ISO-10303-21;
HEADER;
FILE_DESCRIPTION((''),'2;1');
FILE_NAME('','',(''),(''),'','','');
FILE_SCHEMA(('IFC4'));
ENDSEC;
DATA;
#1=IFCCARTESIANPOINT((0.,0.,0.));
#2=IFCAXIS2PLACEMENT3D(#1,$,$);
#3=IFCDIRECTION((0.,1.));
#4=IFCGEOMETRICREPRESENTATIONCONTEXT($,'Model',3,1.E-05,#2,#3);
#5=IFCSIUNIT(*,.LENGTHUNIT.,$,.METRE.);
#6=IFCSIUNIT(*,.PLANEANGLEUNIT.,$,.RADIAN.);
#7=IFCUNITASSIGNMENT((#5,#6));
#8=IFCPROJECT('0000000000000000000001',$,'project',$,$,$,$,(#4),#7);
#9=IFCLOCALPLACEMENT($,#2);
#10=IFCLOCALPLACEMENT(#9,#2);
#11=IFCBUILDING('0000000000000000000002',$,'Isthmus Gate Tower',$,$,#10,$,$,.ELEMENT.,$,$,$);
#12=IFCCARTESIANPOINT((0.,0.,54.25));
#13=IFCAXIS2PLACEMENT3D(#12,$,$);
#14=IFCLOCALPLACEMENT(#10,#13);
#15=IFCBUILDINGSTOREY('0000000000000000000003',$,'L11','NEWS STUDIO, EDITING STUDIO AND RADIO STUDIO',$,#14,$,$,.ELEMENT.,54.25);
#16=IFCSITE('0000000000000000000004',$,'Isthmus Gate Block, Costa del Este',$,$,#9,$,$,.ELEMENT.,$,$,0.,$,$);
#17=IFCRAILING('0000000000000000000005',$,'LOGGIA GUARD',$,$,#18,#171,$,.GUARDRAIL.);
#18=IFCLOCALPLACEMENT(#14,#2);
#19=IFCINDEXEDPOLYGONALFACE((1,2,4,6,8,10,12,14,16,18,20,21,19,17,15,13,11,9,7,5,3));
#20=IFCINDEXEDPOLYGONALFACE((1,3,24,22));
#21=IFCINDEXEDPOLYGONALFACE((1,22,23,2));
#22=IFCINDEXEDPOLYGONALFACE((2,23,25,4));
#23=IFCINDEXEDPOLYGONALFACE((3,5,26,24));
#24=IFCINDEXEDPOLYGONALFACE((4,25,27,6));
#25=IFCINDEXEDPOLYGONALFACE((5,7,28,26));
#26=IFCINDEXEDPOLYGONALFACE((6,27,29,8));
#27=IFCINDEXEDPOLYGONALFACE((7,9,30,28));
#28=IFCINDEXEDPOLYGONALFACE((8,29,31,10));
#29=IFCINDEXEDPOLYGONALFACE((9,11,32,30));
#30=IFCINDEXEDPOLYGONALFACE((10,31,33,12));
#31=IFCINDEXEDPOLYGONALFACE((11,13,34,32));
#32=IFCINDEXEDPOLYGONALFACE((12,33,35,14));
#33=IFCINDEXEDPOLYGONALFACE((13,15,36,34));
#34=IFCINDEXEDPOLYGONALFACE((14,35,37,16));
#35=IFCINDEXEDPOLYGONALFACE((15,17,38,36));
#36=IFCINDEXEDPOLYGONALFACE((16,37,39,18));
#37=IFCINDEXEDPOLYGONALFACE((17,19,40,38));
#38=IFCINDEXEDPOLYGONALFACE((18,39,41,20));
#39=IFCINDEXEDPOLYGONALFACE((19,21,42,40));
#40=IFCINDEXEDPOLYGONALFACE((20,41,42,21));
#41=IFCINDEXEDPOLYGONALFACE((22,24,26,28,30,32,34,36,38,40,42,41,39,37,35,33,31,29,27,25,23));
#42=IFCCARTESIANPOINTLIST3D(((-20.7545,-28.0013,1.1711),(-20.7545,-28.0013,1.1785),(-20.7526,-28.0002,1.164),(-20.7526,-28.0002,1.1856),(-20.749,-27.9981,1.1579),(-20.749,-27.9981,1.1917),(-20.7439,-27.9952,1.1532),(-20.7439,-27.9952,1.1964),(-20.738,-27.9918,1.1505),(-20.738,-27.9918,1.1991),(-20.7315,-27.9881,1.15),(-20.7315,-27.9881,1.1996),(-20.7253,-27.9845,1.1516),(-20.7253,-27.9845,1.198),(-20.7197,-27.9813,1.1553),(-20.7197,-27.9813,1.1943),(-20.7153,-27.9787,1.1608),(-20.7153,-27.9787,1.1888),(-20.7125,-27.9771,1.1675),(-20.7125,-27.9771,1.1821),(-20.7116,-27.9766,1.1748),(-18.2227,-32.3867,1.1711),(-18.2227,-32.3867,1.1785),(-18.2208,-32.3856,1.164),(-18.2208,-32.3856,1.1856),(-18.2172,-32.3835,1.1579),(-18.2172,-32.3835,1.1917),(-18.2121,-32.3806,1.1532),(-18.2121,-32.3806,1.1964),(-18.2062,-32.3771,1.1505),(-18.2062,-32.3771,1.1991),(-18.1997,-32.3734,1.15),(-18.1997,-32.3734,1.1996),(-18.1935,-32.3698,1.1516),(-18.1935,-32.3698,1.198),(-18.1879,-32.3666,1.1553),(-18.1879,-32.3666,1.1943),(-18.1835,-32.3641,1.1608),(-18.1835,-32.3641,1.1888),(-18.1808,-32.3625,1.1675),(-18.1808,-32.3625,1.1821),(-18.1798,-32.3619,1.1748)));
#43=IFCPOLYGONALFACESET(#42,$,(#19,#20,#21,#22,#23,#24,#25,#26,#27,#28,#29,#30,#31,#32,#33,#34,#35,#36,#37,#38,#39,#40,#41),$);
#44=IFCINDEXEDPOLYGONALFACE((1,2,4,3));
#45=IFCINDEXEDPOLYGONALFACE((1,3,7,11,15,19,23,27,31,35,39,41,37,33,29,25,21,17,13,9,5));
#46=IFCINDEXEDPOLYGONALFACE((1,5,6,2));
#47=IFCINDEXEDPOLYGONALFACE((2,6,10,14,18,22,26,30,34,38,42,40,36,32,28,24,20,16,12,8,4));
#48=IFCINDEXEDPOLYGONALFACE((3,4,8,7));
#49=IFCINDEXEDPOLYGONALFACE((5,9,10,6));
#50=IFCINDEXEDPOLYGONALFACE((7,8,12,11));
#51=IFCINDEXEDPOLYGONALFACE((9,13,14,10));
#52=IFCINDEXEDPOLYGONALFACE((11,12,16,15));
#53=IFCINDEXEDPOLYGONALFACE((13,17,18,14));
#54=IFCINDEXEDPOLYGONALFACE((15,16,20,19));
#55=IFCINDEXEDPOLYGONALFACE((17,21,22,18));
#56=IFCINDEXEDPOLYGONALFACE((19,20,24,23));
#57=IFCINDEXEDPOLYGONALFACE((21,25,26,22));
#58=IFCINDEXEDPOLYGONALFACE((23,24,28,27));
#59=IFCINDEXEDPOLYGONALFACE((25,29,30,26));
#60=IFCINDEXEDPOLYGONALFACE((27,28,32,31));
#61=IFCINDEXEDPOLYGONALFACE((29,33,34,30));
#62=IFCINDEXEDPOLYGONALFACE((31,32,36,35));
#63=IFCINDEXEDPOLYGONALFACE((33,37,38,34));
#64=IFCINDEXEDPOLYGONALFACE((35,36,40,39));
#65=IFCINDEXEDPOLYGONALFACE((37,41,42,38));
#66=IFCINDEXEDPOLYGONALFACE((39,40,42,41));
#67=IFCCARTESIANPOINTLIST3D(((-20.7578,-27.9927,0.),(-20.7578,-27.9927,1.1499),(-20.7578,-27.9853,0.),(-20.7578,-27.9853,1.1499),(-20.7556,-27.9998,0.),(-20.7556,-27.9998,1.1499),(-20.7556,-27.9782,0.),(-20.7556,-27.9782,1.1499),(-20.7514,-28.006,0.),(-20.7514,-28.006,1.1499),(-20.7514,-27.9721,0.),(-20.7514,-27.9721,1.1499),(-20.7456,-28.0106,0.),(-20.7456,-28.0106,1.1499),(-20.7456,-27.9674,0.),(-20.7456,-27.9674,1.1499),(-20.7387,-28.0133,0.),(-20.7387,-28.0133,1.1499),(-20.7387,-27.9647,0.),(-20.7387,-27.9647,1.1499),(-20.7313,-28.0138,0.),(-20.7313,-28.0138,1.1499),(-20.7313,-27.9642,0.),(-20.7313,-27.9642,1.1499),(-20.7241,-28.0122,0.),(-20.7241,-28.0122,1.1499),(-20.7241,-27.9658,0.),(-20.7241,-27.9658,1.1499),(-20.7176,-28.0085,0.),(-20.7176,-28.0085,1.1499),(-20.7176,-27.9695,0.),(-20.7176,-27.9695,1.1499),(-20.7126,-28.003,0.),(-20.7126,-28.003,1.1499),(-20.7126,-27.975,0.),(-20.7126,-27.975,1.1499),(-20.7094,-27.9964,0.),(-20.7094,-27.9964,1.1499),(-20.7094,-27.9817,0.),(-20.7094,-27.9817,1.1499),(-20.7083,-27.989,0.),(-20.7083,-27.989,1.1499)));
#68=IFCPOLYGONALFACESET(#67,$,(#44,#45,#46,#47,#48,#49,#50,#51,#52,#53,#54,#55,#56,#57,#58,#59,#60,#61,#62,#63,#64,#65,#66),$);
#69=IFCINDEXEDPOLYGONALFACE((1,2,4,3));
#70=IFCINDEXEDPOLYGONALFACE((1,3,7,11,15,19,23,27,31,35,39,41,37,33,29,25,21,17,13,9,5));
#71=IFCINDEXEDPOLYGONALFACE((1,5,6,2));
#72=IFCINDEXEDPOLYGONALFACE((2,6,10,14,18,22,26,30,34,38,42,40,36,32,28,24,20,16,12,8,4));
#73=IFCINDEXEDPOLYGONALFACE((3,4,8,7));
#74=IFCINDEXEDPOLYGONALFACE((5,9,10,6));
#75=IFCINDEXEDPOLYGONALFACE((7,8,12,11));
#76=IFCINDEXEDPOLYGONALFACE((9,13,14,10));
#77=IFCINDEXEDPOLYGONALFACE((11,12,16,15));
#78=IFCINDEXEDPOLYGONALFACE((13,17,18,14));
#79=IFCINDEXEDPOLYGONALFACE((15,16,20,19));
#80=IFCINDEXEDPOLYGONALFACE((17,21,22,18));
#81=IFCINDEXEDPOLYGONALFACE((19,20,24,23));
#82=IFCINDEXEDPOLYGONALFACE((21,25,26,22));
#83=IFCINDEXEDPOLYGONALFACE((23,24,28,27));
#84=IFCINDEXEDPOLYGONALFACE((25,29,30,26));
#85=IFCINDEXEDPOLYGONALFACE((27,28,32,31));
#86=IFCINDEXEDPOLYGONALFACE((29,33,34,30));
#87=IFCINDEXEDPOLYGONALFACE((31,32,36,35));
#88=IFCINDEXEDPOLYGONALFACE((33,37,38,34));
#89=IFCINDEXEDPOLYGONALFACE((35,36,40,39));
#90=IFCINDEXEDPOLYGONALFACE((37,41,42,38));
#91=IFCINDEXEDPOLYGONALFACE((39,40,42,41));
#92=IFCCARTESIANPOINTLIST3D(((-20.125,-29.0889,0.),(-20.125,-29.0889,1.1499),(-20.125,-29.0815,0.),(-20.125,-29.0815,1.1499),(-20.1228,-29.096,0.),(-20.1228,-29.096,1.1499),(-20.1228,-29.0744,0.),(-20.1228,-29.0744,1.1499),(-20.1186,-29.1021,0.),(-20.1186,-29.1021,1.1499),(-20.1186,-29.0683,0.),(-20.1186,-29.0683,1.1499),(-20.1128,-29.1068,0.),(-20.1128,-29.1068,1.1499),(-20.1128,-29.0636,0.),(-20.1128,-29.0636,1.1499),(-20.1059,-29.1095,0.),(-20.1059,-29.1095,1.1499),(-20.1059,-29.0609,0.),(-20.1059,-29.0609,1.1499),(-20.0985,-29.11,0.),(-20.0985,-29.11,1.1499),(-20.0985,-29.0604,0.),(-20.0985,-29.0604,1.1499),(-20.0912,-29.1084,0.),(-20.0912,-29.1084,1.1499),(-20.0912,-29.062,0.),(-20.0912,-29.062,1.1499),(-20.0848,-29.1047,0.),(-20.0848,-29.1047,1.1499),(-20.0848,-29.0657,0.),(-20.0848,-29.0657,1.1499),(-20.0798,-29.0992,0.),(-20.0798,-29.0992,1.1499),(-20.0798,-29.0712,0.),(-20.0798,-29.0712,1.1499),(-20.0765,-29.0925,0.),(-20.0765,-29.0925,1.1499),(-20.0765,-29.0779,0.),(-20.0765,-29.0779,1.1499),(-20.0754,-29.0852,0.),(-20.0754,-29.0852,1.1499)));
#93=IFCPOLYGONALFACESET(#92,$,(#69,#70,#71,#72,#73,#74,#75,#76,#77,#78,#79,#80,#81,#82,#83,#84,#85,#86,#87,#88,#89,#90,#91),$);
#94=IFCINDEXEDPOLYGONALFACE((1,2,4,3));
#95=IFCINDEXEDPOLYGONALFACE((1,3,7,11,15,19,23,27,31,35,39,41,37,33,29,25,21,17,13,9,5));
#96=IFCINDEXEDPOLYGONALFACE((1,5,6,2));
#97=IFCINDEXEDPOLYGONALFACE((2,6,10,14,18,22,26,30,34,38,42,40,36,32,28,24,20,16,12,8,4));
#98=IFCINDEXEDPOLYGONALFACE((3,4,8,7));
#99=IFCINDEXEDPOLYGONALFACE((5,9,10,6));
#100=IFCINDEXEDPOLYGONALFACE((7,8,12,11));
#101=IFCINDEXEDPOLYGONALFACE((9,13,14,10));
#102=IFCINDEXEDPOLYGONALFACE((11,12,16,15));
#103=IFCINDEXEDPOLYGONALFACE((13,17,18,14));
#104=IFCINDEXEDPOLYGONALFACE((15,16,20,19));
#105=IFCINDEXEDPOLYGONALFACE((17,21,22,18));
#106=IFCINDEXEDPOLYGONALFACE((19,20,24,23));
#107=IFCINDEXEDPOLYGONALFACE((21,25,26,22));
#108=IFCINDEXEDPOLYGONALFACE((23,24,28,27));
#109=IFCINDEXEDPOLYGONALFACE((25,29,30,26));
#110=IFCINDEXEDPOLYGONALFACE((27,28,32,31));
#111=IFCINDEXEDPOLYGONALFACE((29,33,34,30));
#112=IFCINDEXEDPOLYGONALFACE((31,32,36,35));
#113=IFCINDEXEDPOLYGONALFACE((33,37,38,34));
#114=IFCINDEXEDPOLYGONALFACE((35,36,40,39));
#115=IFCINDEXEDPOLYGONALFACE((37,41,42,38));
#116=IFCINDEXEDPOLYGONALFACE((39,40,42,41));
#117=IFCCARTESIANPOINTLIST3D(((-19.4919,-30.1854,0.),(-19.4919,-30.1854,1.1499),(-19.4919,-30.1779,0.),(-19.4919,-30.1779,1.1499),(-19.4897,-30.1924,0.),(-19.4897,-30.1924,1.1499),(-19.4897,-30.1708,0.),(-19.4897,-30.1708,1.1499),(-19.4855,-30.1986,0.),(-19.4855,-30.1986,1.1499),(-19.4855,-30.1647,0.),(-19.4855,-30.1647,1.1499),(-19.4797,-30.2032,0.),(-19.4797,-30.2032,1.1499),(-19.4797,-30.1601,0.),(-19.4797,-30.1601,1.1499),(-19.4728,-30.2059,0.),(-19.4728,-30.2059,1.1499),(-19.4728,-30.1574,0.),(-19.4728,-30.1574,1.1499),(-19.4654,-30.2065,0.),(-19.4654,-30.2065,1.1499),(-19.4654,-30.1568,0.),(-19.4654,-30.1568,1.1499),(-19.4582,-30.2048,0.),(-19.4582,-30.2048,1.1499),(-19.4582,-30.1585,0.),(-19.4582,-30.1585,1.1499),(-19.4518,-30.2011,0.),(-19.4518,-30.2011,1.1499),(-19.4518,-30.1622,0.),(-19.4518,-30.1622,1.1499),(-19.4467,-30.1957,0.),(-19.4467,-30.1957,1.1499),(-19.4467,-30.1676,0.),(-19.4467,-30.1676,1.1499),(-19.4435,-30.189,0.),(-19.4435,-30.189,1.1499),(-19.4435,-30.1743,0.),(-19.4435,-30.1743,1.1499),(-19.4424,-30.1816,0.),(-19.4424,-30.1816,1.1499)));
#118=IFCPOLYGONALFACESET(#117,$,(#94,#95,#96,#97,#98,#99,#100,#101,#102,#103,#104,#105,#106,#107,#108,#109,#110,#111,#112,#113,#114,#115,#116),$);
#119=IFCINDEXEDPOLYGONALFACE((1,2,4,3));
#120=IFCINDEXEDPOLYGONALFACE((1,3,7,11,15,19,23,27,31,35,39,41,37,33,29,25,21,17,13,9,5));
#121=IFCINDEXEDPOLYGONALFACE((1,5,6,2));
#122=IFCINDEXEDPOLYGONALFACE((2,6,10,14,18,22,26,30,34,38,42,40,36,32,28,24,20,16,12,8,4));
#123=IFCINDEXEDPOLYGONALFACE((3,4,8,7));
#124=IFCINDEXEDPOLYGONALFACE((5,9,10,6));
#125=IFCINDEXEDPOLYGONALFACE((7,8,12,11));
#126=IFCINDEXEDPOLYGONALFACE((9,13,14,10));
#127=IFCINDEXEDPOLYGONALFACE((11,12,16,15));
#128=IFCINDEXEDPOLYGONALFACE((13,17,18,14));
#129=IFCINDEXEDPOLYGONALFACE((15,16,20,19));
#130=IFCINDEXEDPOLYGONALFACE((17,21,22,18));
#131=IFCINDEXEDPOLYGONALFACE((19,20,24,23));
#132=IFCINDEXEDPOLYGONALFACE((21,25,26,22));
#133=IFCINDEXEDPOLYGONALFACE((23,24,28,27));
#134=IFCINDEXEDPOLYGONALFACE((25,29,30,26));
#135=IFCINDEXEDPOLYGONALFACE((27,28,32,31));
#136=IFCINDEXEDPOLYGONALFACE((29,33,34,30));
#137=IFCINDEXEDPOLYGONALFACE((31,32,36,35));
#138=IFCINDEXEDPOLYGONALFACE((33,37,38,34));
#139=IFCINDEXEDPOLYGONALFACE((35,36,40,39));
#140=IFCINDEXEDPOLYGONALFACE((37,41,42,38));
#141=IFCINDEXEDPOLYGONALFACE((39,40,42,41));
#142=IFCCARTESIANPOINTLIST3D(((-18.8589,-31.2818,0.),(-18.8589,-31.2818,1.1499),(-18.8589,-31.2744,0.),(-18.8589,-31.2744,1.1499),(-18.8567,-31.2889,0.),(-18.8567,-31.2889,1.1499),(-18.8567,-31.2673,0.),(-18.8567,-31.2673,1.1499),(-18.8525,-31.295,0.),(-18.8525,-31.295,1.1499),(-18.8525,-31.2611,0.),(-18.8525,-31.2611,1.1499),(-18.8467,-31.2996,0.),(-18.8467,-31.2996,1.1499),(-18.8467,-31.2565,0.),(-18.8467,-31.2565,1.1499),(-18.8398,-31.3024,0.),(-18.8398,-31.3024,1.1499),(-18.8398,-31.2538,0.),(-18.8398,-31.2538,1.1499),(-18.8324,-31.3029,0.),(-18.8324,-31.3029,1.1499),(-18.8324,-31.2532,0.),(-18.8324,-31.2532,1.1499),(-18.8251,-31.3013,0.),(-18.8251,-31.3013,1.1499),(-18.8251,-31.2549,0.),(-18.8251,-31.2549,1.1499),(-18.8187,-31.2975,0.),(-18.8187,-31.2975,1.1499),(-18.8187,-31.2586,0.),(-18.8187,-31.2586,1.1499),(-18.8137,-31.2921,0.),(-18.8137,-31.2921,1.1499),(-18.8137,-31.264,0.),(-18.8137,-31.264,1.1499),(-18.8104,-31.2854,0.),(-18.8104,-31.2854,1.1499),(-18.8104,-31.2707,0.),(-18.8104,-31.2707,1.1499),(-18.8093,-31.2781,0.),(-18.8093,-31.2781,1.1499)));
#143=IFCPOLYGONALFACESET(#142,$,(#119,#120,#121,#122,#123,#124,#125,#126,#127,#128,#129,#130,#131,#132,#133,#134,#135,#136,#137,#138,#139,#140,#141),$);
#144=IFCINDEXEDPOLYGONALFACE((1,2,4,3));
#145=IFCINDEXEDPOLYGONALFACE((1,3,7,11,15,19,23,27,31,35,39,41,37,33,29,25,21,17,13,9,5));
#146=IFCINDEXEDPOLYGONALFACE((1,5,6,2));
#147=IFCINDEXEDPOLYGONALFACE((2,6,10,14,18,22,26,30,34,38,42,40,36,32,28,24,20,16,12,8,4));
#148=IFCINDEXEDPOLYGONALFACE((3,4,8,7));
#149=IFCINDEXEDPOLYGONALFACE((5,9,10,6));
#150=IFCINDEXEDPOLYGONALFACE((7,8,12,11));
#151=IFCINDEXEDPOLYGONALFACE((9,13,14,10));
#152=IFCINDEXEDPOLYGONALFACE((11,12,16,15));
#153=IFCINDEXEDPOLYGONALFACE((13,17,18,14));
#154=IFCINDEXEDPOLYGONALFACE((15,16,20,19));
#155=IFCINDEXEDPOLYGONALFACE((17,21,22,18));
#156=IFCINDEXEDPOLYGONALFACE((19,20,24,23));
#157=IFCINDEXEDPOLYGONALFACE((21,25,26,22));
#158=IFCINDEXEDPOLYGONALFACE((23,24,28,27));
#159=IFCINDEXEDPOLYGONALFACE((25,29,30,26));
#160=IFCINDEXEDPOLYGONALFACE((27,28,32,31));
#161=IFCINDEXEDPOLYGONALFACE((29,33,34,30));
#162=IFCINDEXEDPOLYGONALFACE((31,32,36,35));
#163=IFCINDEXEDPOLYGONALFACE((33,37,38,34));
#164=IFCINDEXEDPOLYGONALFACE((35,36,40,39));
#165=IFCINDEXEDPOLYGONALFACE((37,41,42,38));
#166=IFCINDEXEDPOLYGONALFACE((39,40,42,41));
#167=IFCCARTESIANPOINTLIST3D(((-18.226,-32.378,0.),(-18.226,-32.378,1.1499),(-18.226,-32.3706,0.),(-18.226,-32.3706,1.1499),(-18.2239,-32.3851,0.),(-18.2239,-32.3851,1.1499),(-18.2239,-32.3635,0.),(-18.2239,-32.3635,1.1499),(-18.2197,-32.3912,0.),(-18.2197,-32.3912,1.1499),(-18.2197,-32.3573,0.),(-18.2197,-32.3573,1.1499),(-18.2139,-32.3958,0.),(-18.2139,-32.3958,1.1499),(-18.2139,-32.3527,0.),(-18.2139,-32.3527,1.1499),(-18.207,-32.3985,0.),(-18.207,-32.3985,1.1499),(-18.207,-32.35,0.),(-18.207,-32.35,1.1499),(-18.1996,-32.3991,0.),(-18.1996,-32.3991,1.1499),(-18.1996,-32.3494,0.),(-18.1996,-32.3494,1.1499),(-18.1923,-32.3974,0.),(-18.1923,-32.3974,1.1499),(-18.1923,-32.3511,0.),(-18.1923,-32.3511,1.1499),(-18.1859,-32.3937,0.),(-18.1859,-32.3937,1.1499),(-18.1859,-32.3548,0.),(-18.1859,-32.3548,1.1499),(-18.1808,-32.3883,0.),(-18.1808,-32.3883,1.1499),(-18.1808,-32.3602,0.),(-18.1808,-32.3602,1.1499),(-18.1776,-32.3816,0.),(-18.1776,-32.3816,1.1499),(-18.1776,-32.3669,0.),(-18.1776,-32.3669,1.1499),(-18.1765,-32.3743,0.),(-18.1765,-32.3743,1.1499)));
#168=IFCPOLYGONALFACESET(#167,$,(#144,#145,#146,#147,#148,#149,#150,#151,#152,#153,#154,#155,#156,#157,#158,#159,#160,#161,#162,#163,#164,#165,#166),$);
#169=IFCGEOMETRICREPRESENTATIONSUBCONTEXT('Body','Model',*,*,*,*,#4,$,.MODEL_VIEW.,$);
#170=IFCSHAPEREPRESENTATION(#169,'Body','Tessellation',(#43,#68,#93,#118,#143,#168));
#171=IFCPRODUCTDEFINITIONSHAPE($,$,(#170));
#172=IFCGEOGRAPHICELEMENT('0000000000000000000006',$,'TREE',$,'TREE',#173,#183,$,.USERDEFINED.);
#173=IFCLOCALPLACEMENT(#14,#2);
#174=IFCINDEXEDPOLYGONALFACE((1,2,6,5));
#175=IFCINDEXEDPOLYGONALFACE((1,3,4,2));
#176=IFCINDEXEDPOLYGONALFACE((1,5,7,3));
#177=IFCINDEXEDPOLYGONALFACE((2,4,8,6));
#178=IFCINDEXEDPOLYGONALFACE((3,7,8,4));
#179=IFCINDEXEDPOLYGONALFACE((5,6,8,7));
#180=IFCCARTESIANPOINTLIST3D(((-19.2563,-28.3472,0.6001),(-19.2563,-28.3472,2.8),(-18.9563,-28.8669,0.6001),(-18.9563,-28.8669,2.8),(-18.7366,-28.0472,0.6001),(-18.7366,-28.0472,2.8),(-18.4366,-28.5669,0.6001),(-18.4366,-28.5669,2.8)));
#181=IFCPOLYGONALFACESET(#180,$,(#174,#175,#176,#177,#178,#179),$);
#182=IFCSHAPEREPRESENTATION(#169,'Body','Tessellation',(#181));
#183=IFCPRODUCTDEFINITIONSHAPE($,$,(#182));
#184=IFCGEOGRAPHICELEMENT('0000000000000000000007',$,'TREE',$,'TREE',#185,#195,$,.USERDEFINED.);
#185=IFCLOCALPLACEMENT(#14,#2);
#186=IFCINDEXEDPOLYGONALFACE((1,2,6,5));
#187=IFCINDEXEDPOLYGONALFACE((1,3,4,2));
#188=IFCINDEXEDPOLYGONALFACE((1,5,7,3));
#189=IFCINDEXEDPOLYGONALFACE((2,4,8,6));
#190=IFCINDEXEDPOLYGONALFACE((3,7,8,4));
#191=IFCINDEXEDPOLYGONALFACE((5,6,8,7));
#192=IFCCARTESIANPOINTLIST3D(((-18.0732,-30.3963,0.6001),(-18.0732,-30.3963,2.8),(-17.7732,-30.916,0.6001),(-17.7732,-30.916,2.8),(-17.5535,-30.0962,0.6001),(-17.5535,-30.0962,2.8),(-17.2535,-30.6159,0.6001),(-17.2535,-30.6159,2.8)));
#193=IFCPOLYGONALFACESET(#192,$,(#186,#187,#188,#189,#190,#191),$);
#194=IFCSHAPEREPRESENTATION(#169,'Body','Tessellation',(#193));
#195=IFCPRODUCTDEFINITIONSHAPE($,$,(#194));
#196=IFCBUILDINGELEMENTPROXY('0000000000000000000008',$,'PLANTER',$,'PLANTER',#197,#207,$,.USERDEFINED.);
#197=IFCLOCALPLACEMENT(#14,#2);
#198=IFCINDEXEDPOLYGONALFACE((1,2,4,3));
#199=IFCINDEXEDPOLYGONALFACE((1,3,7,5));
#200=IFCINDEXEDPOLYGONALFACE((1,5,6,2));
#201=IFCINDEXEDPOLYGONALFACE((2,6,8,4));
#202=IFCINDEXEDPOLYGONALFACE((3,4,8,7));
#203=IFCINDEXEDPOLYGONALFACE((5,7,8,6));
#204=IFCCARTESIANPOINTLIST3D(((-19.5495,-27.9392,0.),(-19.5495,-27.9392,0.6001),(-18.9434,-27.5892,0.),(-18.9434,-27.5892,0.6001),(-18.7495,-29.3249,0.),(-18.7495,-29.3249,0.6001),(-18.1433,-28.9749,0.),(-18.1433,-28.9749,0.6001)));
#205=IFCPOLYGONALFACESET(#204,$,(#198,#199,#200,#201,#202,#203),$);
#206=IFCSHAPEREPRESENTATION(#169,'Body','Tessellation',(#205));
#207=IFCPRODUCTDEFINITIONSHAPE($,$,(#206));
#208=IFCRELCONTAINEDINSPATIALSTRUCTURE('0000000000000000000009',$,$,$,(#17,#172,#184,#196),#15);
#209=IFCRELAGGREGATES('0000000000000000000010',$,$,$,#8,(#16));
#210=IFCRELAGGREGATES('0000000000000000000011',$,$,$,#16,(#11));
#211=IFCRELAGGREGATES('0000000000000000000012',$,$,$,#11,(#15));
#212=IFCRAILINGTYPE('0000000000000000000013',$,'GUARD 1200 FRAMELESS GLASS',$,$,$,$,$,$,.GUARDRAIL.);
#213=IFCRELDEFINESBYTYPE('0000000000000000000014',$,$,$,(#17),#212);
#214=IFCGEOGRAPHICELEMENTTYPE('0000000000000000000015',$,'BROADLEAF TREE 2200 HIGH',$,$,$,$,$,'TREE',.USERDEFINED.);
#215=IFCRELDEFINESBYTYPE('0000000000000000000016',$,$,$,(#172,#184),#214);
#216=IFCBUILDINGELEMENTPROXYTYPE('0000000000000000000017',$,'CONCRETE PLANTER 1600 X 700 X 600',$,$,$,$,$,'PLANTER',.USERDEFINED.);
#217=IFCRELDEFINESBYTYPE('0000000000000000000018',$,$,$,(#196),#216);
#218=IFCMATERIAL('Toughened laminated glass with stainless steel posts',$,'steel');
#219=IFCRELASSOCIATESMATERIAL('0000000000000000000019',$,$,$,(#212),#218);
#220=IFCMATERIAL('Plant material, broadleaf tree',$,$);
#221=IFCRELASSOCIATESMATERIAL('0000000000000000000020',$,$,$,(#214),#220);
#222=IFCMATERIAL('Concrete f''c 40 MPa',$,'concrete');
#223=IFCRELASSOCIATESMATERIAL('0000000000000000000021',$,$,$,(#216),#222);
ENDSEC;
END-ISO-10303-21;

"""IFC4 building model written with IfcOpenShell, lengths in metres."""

from ifc_helpers import new_model, si_unit, direction, frame, origin, origin_2d, place, context, subcontext, project, spatial, rectangle, circle, extrude, material, type_object, element, save


model = new_model("IFC4")

# Units and contexts
model_context = context("Model", 3, precision=1e-05, world=origin(), true_north=direction((0.0, 1.0)))
body_context = subcontext(model_context, "Body", "Model", "MODEL_VIEW")
ifc_project = project(units=[si_unit("LENGTHUNIT", "METRE"), si_unit("PLANEANGLEUNIT", "RADIAN")], contexts=[model_context])

# Site, building, storey
site_placement = place(None, origin())
site = spatial("IfcSite", under=ifc_project, at=site_placement, Name="Isthmus Gate Block, Costa del Este", CompositionType="ELEMENT", RefElevation=0.0)
building_placement = place(site_placement, origin())
building = spatial("IfcBuilding", under=site, at=building_placement, Name="Isthmus Gate Tower", CompositionType="ELEMENT")
storey_placement = place(building_placement, frame((0.0, 0.0, 54.25)))
storey = spatial("IfcBuildingStorey", under=building, at=storey_placement, Name="L11", Description="NEWS STUDIO, EDITING STUDIO AND RADIO STUDIO", CompositionType="ELEMENT", Elevation=54.25)

# Railing
ifc_material_1 = material(Name="Toughened laminated glass with stainless steel posts", Category="steel")
railing_type = type_object("IfcRailingType", Name="GUARD 1200 FRAMELESS GLASS", PredefinedType="GUARDRAIL", material=ifc_material_1)
railing_placement = place(storey_placement, frame((-20.7332, -27.989, 0.0)))
element("IfcRailing", 1, at=railing_placement, inside=storey, type_object=railing_type, Name="LOGGIA GUARD", PredefinedType="GUARDRAIL", context=body_context, shape_type="SweptSolid", body=[
    extrude(circle(Radius=0.0249, at=origin_2d()), frame((0.0, 0.0, 1.1748), z_axis=(0.499987, -0.866033, 0.0), x_axis=(0.866033, 0.499987, 0.0)), (0.0, 0.0, 1.0), 5.0637),
    extrude(circle(Radius=0.0249, at=origin_2d()), origin(), (0.0, 0.0, 1.0), 1.1499),
    extrude(circle(Radius=0.0249, at=origin_2d()), frame((0.6328, -1.0962, 0.0)), (0.0, 0.0, 1.0), 1.1499),
    extrude(circle(Radius=0.0249, at=origin_2d()), frame((1.2659, -2.1926, 0.0)), (0.0, 0.0, 1.0), 1.1499),
    extrude(circle(Radius=0.0249, at=origin_2d()), frame((1.8989, -3.2891, 0.0)), (0.0, 0.0, 1.0), 1.1499),
    extrude(circle(Radius=0.0249, at=origin_2d()), frame((2.5317, -4.3853, 0.0)), (0.0, 0.0, 1.0), 1.1499),
])

# Geographic elements
ifc_material_2 = material(Name="Plant material, broadleaf tree")
geographic_element_type = type_object("IfcGeographicElementType", Name="BROADLEAF TREE 2200 HIGH", ElementType="TREE", PredefinedType="USERDEFINED", material=ifc_material_2)
for number, where, z_axis, x_axis, name in (
    (2, (-18.8464, -28.457, 0.6001), (0.0, 0.0, 1.0), (0.5, -0.866025, 0.0), "TREE"),
    (3, (-17.6633, -30.5061, 0.6001), (0.0, 0.0, 1.0), (0.5, -0.866025, 0.0), "TREE"),
):
    element("IfcGeographicElement", number, at=place(storey_placement, frame(where, z_axis=z_axis, x_axis=x_axis)), inside=storey, type_object=geographic_element_type, Name=name, ObjectType="TREE", PredefinedType="USERDEFINED", context=body_context, shape_type="SweptSolid", body=[
        extrude(rectangle(XDim=0.6001, YDim=0.6001, at=origin_2d()), origin(), (0.0, 0.0, 1.0), 2.2),
    ])

# Building element proxy
ifc_material_3 = material(Name="Concrete f'c 40 MPa", Category="concrete")
building_element_proxy_type = type_object("IfcBuildingElementProxyType", Name="CONCRETE PLANTER 1600 X 700 X 600", ElementType="PLANTER", PredefinedType="USERDEFINED", material=ifc_material_3)
for number, where, z_axis, x_axis, name in (
    (4, (-18.8464, -28.457, 0.0), (0.0, 0.0, 1.0), (0.5, -0.866025, 0.0), "PLANTER"),
):
    element("IfcBuildingElementProxy", number, at=place(storey_placement, frame(where, z_axis=z_axis, x_axis=x_axis)), inside=storey, type_object=building_element_proxy_type, Name=name, ObjectType="PLANTER", PredefinedType="USERDEFINED", context=body_context, shape_type="SweptSolid", body=[
        extrude(rectangle(XDim=1.6001, YDim=0.7, at=origin_2d()), origin(), (0.0, 0.0, 1.0), 0.6001),
    ])

save(model, "model.ifc")
